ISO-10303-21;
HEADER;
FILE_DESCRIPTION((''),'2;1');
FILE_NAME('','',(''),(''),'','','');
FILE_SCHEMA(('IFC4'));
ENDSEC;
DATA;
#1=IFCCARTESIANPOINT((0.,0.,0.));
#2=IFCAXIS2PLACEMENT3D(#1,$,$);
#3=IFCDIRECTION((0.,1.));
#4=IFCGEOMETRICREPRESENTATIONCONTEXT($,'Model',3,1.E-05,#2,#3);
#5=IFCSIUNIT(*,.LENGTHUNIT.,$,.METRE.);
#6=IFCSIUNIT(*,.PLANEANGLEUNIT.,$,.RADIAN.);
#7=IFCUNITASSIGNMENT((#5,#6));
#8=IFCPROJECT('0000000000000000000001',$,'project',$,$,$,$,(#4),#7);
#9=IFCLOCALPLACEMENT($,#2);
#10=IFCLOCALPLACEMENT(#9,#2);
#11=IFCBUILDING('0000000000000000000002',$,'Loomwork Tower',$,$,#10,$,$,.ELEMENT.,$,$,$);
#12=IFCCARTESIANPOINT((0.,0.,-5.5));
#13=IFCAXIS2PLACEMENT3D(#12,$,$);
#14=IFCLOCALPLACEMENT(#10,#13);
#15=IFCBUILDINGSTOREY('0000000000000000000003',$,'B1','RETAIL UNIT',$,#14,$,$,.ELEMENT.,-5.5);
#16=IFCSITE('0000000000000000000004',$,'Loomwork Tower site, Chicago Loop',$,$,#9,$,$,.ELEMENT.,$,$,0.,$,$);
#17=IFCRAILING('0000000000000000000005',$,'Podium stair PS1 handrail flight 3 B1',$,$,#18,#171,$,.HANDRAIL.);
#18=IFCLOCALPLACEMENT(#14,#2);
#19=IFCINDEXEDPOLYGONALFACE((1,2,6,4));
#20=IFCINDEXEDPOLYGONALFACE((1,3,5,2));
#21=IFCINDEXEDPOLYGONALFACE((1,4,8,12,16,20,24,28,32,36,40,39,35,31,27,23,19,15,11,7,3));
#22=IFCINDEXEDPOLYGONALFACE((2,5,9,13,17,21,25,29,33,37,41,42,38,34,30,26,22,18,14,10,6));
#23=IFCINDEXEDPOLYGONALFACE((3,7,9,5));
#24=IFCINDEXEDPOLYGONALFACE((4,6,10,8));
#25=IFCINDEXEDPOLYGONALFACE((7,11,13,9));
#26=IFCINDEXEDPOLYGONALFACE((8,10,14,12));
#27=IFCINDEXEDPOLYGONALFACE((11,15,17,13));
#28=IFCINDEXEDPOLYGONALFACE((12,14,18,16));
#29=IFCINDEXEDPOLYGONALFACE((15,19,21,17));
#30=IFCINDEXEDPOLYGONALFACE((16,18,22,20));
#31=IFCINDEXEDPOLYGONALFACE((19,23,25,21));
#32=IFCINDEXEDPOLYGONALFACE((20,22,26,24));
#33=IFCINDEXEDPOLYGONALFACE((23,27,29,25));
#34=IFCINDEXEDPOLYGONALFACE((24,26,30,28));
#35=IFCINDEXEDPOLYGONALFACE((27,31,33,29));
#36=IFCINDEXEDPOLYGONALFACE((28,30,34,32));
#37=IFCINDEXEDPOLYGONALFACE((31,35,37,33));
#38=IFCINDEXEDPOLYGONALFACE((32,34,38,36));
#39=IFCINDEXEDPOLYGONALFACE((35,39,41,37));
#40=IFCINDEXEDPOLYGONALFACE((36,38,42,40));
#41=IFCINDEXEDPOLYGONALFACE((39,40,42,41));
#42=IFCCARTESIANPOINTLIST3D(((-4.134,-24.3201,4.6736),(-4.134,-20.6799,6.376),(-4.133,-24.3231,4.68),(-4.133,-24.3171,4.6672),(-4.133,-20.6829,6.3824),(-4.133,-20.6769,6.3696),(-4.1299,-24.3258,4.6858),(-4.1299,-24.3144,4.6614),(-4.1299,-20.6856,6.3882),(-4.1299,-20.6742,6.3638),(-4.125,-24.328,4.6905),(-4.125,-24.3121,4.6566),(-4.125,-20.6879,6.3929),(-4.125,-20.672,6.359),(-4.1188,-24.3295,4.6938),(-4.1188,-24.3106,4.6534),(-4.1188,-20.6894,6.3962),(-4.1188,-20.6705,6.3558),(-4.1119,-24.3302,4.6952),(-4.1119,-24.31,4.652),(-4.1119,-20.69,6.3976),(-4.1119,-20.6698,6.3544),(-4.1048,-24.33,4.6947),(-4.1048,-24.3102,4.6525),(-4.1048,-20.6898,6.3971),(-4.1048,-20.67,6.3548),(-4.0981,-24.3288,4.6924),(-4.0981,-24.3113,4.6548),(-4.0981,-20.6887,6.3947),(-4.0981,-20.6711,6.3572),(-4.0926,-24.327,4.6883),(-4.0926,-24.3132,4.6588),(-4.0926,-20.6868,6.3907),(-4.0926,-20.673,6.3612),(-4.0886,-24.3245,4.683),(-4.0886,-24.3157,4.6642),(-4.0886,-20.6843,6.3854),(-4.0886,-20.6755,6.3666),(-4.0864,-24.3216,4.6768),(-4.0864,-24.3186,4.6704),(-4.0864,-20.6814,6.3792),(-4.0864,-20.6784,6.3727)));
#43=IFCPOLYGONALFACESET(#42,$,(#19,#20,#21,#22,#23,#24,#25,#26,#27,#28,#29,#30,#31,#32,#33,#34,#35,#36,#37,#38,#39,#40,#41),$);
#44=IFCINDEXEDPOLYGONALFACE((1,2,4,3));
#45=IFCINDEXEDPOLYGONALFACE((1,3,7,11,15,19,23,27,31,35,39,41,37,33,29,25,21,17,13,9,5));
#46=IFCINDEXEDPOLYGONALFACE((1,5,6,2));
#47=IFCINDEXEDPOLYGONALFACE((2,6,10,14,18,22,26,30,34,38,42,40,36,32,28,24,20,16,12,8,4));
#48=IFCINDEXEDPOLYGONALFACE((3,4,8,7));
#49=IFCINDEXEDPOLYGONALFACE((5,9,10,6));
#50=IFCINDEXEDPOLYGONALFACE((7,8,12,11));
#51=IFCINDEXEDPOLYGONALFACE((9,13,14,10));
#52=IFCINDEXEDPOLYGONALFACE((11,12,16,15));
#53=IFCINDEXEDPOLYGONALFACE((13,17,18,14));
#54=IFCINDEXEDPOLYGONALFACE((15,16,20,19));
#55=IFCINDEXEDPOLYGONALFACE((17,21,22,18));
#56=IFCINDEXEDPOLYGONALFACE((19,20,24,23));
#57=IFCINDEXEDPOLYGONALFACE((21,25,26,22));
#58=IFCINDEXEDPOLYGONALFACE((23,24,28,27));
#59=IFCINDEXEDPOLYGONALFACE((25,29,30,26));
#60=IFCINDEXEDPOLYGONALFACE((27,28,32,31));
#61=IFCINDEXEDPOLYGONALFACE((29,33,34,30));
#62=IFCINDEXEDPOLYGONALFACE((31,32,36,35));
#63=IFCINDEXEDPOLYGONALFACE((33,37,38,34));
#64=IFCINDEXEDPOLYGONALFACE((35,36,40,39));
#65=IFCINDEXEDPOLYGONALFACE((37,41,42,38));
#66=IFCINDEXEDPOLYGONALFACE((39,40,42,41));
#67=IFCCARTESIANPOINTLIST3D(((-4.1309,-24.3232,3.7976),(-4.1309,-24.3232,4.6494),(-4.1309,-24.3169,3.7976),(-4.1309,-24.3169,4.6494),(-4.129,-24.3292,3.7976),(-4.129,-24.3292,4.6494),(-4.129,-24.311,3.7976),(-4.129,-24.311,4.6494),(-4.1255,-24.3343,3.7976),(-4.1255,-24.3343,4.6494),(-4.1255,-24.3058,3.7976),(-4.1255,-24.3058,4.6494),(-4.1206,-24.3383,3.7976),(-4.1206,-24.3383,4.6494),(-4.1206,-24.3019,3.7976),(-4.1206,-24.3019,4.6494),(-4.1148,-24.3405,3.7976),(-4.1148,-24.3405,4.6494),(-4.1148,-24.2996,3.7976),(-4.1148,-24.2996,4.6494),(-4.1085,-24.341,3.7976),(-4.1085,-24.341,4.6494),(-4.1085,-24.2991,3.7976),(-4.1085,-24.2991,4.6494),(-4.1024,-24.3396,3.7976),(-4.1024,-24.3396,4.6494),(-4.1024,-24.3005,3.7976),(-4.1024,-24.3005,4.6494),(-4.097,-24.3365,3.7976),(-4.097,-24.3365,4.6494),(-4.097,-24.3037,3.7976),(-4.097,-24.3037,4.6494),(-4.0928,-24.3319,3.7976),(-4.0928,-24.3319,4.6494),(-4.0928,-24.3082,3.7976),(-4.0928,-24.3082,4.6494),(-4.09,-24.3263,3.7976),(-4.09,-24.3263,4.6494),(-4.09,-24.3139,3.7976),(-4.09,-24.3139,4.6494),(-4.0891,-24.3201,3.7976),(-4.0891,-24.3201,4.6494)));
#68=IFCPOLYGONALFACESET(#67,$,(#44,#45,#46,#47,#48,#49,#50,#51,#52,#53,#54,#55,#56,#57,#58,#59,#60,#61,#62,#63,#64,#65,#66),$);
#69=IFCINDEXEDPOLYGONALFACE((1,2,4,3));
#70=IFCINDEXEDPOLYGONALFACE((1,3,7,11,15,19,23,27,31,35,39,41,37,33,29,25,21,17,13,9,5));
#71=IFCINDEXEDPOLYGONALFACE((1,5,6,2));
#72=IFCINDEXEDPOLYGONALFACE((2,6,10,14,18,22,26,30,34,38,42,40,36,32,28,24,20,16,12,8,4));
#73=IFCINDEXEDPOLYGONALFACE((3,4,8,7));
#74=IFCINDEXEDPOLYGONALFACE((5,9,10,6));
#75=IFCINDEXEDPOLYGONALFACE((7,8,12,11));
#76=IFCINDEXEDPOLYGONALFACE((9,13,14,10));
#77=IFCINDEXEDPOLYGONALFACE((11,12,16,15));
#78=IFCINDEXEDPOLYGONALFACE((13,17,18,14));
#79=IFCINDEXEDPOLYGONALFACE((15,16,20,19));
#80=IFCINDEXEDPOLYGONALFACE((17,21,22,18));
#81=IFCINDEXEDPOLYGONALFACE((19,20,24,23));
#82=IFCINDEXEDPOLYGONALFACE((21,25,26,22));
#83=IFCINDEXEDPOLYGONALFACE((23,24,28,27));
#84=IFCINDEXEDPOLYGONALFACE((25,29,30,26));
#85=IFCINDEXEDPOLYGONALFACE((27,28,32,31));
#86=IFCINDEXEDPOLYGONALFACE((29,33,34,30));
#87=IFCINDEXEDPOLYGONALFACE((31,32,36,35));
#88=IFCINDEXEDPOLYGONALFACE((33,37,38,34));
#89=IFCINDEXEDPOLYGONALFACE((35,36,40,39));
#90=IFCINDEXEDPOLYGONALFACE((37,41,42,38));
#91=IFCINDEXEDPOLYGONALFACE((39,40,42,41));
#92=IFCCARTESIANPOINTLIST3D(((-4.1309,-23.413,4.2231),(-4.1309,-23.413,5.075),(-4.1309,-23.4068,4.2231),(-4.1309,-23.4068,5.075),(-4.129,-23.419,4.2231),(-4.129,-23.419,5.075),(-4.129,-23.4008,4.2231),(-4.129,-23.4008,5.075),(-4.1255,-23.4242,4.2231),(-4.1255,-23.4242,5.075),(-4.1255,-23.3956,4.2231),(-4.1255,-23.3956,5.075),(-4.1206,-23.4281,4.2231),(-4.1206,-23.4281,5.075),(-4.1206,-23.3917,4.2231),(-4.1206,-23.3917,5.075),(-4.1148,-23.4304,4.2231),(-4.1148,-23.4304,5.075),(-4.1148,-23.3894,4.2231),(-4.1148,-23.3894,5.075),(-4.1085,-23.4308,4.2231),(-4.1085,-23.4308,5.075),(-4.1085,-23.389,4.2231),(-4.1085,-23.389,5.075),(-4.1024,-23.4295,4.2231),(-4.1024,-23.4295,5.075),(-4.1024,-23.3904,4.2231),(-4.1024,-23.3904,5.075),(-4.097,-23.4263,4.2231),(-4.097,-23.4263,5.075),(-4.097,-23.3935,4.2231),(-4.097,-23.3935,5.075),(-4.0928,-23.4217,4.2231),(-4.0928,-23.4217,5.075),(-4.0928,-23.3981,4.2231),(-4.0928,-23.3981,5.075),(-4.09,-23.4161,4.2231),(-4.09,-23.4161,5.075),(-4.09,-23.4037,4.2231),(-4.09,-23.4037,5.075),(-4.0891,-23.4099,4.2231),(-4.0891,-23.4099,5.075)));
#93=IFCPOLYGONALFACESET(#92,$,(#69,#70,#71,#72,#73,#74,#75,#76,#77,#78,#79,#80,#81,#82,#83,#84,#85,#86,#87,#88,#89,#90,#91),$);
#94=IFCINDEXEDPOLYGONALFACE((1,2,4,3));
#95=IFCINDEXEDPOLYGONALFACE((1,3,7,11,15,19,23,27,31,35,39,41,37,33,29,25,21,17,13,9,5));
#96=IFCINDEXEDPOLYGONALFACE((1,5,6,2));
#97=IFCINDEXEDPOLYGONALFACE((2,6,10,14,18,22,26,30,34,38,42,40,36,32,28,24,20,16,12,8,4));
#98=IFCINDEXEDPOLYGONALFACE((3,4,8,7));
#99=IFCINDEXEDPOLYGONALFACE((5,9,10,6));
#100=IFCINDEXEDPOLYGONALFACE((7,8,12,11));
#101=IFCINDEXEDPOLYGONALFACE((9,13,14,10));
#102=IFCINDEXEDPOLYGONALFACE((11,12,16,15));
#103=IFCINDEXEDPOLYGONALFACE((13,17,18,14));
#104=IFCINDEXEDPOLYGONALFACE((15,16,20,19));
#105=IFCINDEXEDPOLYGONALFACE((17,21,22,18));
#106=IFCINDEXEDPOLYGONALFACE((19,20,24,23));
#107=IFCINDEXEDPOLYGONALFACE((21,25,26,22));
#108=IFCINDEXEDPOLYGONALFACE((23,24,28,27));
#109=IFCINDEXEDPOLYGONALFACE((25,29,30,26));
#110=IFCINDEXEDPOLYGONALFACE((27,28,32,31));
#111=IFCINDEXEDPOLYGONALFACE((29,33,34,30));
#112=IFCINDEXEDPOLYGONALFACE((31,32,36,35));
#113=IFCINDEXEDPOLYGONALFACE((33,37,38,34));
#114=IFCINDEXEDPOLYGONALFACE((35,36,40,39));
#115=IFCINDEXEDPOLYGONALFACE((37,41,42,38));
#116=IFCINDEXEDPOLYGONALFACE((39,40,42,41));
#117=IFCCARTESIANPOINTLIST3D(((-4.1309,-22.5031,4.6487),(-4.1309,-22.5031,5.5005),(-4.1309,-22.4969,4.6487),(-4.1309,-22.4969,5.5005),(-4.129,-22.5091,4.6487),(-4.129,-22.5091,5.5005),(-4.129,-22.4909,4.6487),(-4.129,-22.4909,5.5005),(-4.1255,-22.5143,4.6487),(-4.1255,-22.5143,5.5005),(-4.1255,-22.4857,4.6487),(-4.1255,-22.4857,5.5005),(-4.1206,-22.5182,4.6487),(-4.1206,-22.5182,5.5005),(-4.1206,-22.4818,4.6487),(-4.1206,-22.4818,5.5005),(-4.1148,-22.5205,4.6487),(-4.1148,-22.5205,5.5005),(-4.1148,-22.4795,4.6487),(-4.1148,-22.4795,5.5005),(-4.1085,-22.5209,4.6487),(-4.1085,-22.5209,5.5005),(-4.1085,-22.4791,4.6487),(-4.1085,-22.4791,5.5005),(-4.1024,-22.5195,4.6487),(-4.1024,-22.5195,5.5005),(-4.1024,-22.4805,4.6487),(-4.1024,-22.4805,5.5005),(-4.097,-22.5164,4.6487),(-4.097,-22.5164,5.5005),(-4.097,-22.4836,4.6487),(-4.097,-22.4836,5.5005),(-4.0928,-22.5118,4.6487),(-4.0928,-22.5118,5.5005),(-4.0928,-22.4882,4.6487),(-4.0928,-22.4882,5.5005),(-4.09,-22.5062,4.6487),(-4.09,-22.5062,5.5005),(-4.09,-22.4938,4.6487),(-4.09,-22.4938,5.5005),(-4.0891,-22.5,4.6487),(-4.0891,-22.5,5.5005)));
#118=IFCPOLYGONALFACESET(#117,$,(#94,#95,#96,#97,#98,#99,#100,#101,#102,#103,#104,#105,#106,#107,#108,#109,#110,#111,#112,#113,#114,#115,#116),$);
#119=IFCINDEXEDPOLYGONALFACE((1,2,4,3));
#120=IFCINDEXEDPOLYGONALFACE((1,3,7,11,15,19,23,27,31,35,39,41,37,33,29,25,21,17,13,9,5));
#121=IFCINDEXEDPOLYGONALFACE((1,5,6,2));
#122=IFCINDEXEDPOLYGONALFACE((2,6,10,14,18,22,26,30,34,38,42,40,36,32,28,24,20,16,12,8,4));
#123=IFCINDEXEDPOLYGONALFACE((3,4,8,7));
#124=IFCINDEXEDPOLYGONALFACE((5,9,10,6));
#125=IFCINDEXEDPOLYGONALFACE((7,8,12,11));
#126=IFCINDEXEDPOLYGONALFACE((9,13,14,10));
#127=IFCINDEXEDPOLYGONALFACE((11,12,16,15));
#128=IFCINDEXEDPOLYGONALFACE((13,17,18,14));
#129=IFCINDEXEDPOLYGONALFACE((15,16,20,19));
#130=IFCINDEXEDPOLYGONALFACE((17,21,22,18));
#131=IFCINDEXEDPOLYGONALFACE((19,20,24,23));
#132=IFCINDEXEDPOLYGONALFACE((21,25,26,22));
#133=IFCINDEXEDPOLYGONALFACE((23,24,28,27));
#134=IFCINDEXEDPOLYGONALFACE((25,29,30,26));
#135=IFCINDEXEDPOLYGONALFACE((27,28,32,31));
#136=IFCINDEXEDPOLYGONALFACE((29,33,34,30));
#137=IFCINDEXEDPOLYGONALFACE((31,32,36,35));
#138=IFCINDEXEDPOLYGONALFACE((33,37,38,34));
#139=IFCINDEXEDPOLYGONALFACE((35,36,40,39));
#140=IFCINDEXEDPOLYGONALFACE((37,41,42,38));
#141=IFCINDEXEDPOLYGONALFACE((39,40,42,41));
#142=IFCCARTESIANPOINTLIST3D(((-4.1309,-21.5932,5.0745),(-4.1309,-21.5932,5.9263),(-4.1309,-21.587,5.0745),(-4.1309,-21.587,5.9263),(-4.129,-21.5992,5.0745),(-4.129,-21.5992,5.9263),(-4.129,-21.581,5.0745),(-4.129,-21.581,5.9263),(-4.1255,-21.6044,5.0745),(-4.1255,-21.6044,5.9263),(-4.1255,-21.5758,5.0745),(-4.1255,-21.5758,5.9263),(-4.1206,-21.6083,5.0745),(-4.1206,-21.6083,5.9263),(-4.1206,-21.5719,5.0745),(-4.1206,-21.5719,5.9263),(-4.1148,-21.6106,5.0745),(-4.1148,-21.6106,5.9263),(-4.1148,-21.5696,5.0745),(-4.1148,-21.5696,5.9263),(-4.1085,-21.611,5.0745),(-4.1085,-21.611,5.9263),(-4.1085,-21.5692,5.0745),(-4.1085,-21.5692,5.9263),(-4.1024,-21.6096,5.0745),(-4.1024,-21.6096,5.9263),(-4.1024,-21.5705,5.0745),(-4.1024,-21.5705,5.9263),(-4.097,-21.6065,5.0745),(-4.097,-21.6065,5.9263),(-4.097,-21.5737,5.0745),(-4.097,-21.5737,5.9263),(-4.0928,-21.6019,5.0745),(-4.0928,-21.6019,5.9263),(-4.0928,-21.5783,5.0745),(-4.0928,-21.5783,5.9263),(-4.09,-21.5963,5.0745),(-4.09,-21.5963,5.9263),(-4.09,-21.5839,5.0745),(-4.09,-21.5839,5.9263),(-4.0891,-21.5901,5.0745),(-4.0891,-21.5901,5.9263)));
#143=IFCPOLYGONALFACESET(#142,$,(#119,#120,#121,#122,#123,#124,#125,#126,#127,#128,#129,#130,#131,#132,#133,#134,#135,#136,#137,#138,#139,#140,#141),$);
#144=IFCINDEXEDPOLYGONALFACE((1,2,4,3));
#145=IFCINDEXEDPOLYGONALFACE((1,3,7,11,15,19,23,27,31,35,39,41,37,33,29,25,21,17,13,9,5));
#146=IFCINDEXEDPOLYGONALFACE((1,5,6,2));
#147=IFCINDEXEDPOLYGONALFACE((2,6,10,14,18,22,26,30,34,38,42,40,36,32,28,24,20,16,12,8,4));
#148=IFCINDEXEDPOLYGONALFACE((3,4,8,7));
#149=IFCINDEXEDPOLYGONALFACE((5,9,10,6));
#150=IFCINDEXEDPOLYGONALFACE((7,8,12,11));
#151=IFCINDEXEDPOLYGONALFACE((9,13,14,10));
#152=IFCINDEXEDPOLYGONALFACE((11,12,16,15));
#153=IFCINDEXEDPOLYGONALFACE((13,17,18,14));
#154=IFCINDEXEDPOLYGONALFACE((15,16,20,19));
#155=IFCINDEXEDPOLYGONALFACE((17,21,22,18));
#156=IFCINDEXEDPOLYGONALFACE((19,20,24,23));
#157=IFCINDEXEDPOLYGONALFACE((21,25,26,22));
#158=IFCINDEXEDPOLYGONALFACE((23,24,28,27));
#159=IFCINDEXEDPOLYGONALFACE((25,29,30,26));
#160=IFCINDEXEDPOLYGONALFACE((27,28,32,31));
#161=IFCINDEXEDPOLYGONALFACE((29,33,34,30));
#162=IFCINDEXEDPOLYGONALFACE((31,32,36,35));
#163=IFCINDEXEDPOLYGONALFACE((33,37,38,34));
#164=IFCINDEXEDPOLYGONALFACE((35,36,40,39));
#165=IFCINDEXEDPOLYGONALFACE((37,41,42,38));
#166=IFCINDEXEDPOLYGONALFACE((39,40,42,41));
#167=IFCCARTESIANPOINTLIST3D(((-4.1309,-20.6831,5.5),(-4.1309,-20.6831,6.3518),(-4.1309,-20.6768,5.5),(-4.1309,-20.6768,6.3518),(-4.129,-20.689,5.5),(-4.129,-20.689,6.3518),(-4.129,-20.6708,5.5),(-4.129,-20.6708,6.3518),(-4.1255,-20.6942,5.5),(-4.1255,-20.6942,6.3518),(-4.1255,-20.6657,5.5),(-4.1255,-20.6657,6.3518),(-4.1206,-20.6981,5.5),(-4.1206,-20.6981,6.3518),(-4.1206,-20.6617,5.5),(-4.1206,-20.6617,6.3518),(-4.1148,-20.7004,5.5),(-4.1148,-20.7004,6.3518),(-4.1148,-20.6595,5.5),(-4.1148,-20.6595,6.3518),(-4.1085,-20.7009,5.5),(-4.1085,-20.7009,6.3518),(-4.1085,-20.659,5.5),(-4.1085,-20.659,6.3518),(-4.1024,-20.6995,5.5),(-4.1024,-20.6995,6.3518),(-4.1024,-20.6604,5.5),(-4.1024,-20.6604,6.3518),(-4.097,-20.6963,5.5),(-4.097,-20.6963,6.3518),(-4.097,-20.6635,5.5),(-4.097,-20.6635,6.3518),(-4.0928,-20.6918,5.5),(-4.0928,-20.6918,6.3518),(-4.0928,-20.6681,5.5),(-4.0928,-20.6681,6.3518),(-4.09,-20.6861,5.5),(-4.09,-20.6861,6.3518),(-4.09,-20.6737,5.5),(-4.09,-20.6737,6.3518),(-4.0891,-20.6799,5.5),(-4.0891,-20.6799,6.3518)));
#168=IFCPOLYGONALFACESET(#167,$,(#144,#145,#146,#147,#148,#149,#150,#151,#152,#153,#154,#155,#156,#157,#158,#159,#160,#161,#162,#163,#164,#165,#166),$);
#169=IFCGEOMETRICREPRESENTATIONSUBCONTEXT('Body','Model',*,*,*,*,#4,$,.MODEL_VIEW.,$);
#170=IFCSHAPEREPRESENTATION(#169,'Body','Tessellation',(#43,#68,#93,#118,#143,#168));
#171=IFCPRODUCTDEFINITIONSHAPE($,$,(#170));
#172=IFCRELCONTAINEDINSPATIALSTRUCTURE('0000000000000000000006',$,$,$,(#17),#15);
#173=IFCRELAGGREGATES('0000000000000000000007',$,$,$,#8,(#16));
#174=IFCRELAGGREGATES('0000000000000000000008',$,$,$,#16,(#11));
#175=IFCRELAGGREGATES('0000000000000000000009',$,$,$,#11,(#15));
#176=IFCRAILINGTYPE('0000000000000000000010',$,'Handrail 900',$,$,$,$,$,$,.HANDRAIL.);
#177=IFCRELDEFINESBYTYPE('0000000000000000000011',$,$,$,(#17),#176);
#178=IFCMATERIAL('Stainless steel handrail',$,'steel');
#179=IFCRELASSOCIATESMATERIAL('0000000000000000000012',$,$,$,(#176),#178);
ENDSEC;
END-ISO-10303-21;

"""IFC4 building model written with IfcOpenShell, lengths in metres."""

from ifc_helpers import new_model, si_unit, direction, frame, origin, origin_2d, place, context, subcontext, project, spatial, circle, extrude, material, type_object, element, save


model = new_model("IFC4")

# Units and contexts
model_context = context("Model", 3, precision=1e-05, world=origin(), true_north=direction((0.0, 1.0)))
body_context = subcontext(model_context, "Body", "Model", "MODEL_VIEW")
ifc_project = project(units=[si_unit("LENGTHUNIT", "METRE"), si_unit("PLANEANGLEUNIT", "RADIAN")], contexts=[model_context])

# Site, building, storey
site_placement = place(None, origin())
site = spatial("IfcSite", under=ifc_project, at=site_placement, Name="Loomwork Tower site, Chicago Loop", CompositionType="ELEMENT", RefElevation=0.0)
building_placement = place(site_placement, origin())
building = spatial("IfcBuilding", under=site, at=building_placement, Name="Loomwork Tower", CompositionType="ELEMENT")
storey_placement = place(building_placement, frame((0.0, 0.0, -5.5)))
storey = spatial("IfcBuildingStorey", under=building, at=storey_placement, Name="B1", Description="RETAIL UNIT", CompositionType="ELEMENT", Elevation=-5.5)

# Railing
ifc_material_1 = material(Name="Stainless steel handrail", Category="steel")
railing_type = type_object("IfcRailingType", Name="Handrail 900", PredefinedType="HANDRAIL", material=ifc_material_1)
railing_1_placement = place(storey_placement, frame((-4.1101, -24.3201, 3.7976)))
element("IfcRailing", 1, at=railing_1_placement, inside=storey, type_object=railing_type, Name="Podium stair PS1 handrail flight 3 B1", PredefinedType="HANDRAIL", context=body_context, shape_type="SweptSolid", body=[
    extrude(circle(Radius=0.0239, at=origin_2d()), frame((0.0, 0.0, 0.876), z_axis=(0.0, 0.905834, 0.423634), x_axis=(-1.0, 0.0, 0.0)), (0.0, 0.0, 1.0), 4.0186),
    extrude(circle(Radius=0.021, at=origin_2d()), origin(), (0.0, 0.0, 1.0), 0.8518),
    extrude(circle(Radius=0.021, at=origin_2d()), frame((0.0, 0.9102, 0.4255)), (0.0, 0.0, 1.0), 0.8518),
    extrude(circle(Radius=0.021, at=origin_2d()), frame((0.0, 1.8201, 0.8511)), (0.0, 0.0, 1.0), 0.8518),
    extrude(circle(Radius=0.021, at=origin_2d()), frame((0.0, 2.73, 1.2769)), (0.0, 0.0, 1.0), 0.8518),
    extrude(circle(Radius=0.021, at=origin_2d()), frame((0.0, 3.6401, 1.7024)), (0.0, 0.0, 1.0), 0.8518),
])

save(model, "model.ifc")
